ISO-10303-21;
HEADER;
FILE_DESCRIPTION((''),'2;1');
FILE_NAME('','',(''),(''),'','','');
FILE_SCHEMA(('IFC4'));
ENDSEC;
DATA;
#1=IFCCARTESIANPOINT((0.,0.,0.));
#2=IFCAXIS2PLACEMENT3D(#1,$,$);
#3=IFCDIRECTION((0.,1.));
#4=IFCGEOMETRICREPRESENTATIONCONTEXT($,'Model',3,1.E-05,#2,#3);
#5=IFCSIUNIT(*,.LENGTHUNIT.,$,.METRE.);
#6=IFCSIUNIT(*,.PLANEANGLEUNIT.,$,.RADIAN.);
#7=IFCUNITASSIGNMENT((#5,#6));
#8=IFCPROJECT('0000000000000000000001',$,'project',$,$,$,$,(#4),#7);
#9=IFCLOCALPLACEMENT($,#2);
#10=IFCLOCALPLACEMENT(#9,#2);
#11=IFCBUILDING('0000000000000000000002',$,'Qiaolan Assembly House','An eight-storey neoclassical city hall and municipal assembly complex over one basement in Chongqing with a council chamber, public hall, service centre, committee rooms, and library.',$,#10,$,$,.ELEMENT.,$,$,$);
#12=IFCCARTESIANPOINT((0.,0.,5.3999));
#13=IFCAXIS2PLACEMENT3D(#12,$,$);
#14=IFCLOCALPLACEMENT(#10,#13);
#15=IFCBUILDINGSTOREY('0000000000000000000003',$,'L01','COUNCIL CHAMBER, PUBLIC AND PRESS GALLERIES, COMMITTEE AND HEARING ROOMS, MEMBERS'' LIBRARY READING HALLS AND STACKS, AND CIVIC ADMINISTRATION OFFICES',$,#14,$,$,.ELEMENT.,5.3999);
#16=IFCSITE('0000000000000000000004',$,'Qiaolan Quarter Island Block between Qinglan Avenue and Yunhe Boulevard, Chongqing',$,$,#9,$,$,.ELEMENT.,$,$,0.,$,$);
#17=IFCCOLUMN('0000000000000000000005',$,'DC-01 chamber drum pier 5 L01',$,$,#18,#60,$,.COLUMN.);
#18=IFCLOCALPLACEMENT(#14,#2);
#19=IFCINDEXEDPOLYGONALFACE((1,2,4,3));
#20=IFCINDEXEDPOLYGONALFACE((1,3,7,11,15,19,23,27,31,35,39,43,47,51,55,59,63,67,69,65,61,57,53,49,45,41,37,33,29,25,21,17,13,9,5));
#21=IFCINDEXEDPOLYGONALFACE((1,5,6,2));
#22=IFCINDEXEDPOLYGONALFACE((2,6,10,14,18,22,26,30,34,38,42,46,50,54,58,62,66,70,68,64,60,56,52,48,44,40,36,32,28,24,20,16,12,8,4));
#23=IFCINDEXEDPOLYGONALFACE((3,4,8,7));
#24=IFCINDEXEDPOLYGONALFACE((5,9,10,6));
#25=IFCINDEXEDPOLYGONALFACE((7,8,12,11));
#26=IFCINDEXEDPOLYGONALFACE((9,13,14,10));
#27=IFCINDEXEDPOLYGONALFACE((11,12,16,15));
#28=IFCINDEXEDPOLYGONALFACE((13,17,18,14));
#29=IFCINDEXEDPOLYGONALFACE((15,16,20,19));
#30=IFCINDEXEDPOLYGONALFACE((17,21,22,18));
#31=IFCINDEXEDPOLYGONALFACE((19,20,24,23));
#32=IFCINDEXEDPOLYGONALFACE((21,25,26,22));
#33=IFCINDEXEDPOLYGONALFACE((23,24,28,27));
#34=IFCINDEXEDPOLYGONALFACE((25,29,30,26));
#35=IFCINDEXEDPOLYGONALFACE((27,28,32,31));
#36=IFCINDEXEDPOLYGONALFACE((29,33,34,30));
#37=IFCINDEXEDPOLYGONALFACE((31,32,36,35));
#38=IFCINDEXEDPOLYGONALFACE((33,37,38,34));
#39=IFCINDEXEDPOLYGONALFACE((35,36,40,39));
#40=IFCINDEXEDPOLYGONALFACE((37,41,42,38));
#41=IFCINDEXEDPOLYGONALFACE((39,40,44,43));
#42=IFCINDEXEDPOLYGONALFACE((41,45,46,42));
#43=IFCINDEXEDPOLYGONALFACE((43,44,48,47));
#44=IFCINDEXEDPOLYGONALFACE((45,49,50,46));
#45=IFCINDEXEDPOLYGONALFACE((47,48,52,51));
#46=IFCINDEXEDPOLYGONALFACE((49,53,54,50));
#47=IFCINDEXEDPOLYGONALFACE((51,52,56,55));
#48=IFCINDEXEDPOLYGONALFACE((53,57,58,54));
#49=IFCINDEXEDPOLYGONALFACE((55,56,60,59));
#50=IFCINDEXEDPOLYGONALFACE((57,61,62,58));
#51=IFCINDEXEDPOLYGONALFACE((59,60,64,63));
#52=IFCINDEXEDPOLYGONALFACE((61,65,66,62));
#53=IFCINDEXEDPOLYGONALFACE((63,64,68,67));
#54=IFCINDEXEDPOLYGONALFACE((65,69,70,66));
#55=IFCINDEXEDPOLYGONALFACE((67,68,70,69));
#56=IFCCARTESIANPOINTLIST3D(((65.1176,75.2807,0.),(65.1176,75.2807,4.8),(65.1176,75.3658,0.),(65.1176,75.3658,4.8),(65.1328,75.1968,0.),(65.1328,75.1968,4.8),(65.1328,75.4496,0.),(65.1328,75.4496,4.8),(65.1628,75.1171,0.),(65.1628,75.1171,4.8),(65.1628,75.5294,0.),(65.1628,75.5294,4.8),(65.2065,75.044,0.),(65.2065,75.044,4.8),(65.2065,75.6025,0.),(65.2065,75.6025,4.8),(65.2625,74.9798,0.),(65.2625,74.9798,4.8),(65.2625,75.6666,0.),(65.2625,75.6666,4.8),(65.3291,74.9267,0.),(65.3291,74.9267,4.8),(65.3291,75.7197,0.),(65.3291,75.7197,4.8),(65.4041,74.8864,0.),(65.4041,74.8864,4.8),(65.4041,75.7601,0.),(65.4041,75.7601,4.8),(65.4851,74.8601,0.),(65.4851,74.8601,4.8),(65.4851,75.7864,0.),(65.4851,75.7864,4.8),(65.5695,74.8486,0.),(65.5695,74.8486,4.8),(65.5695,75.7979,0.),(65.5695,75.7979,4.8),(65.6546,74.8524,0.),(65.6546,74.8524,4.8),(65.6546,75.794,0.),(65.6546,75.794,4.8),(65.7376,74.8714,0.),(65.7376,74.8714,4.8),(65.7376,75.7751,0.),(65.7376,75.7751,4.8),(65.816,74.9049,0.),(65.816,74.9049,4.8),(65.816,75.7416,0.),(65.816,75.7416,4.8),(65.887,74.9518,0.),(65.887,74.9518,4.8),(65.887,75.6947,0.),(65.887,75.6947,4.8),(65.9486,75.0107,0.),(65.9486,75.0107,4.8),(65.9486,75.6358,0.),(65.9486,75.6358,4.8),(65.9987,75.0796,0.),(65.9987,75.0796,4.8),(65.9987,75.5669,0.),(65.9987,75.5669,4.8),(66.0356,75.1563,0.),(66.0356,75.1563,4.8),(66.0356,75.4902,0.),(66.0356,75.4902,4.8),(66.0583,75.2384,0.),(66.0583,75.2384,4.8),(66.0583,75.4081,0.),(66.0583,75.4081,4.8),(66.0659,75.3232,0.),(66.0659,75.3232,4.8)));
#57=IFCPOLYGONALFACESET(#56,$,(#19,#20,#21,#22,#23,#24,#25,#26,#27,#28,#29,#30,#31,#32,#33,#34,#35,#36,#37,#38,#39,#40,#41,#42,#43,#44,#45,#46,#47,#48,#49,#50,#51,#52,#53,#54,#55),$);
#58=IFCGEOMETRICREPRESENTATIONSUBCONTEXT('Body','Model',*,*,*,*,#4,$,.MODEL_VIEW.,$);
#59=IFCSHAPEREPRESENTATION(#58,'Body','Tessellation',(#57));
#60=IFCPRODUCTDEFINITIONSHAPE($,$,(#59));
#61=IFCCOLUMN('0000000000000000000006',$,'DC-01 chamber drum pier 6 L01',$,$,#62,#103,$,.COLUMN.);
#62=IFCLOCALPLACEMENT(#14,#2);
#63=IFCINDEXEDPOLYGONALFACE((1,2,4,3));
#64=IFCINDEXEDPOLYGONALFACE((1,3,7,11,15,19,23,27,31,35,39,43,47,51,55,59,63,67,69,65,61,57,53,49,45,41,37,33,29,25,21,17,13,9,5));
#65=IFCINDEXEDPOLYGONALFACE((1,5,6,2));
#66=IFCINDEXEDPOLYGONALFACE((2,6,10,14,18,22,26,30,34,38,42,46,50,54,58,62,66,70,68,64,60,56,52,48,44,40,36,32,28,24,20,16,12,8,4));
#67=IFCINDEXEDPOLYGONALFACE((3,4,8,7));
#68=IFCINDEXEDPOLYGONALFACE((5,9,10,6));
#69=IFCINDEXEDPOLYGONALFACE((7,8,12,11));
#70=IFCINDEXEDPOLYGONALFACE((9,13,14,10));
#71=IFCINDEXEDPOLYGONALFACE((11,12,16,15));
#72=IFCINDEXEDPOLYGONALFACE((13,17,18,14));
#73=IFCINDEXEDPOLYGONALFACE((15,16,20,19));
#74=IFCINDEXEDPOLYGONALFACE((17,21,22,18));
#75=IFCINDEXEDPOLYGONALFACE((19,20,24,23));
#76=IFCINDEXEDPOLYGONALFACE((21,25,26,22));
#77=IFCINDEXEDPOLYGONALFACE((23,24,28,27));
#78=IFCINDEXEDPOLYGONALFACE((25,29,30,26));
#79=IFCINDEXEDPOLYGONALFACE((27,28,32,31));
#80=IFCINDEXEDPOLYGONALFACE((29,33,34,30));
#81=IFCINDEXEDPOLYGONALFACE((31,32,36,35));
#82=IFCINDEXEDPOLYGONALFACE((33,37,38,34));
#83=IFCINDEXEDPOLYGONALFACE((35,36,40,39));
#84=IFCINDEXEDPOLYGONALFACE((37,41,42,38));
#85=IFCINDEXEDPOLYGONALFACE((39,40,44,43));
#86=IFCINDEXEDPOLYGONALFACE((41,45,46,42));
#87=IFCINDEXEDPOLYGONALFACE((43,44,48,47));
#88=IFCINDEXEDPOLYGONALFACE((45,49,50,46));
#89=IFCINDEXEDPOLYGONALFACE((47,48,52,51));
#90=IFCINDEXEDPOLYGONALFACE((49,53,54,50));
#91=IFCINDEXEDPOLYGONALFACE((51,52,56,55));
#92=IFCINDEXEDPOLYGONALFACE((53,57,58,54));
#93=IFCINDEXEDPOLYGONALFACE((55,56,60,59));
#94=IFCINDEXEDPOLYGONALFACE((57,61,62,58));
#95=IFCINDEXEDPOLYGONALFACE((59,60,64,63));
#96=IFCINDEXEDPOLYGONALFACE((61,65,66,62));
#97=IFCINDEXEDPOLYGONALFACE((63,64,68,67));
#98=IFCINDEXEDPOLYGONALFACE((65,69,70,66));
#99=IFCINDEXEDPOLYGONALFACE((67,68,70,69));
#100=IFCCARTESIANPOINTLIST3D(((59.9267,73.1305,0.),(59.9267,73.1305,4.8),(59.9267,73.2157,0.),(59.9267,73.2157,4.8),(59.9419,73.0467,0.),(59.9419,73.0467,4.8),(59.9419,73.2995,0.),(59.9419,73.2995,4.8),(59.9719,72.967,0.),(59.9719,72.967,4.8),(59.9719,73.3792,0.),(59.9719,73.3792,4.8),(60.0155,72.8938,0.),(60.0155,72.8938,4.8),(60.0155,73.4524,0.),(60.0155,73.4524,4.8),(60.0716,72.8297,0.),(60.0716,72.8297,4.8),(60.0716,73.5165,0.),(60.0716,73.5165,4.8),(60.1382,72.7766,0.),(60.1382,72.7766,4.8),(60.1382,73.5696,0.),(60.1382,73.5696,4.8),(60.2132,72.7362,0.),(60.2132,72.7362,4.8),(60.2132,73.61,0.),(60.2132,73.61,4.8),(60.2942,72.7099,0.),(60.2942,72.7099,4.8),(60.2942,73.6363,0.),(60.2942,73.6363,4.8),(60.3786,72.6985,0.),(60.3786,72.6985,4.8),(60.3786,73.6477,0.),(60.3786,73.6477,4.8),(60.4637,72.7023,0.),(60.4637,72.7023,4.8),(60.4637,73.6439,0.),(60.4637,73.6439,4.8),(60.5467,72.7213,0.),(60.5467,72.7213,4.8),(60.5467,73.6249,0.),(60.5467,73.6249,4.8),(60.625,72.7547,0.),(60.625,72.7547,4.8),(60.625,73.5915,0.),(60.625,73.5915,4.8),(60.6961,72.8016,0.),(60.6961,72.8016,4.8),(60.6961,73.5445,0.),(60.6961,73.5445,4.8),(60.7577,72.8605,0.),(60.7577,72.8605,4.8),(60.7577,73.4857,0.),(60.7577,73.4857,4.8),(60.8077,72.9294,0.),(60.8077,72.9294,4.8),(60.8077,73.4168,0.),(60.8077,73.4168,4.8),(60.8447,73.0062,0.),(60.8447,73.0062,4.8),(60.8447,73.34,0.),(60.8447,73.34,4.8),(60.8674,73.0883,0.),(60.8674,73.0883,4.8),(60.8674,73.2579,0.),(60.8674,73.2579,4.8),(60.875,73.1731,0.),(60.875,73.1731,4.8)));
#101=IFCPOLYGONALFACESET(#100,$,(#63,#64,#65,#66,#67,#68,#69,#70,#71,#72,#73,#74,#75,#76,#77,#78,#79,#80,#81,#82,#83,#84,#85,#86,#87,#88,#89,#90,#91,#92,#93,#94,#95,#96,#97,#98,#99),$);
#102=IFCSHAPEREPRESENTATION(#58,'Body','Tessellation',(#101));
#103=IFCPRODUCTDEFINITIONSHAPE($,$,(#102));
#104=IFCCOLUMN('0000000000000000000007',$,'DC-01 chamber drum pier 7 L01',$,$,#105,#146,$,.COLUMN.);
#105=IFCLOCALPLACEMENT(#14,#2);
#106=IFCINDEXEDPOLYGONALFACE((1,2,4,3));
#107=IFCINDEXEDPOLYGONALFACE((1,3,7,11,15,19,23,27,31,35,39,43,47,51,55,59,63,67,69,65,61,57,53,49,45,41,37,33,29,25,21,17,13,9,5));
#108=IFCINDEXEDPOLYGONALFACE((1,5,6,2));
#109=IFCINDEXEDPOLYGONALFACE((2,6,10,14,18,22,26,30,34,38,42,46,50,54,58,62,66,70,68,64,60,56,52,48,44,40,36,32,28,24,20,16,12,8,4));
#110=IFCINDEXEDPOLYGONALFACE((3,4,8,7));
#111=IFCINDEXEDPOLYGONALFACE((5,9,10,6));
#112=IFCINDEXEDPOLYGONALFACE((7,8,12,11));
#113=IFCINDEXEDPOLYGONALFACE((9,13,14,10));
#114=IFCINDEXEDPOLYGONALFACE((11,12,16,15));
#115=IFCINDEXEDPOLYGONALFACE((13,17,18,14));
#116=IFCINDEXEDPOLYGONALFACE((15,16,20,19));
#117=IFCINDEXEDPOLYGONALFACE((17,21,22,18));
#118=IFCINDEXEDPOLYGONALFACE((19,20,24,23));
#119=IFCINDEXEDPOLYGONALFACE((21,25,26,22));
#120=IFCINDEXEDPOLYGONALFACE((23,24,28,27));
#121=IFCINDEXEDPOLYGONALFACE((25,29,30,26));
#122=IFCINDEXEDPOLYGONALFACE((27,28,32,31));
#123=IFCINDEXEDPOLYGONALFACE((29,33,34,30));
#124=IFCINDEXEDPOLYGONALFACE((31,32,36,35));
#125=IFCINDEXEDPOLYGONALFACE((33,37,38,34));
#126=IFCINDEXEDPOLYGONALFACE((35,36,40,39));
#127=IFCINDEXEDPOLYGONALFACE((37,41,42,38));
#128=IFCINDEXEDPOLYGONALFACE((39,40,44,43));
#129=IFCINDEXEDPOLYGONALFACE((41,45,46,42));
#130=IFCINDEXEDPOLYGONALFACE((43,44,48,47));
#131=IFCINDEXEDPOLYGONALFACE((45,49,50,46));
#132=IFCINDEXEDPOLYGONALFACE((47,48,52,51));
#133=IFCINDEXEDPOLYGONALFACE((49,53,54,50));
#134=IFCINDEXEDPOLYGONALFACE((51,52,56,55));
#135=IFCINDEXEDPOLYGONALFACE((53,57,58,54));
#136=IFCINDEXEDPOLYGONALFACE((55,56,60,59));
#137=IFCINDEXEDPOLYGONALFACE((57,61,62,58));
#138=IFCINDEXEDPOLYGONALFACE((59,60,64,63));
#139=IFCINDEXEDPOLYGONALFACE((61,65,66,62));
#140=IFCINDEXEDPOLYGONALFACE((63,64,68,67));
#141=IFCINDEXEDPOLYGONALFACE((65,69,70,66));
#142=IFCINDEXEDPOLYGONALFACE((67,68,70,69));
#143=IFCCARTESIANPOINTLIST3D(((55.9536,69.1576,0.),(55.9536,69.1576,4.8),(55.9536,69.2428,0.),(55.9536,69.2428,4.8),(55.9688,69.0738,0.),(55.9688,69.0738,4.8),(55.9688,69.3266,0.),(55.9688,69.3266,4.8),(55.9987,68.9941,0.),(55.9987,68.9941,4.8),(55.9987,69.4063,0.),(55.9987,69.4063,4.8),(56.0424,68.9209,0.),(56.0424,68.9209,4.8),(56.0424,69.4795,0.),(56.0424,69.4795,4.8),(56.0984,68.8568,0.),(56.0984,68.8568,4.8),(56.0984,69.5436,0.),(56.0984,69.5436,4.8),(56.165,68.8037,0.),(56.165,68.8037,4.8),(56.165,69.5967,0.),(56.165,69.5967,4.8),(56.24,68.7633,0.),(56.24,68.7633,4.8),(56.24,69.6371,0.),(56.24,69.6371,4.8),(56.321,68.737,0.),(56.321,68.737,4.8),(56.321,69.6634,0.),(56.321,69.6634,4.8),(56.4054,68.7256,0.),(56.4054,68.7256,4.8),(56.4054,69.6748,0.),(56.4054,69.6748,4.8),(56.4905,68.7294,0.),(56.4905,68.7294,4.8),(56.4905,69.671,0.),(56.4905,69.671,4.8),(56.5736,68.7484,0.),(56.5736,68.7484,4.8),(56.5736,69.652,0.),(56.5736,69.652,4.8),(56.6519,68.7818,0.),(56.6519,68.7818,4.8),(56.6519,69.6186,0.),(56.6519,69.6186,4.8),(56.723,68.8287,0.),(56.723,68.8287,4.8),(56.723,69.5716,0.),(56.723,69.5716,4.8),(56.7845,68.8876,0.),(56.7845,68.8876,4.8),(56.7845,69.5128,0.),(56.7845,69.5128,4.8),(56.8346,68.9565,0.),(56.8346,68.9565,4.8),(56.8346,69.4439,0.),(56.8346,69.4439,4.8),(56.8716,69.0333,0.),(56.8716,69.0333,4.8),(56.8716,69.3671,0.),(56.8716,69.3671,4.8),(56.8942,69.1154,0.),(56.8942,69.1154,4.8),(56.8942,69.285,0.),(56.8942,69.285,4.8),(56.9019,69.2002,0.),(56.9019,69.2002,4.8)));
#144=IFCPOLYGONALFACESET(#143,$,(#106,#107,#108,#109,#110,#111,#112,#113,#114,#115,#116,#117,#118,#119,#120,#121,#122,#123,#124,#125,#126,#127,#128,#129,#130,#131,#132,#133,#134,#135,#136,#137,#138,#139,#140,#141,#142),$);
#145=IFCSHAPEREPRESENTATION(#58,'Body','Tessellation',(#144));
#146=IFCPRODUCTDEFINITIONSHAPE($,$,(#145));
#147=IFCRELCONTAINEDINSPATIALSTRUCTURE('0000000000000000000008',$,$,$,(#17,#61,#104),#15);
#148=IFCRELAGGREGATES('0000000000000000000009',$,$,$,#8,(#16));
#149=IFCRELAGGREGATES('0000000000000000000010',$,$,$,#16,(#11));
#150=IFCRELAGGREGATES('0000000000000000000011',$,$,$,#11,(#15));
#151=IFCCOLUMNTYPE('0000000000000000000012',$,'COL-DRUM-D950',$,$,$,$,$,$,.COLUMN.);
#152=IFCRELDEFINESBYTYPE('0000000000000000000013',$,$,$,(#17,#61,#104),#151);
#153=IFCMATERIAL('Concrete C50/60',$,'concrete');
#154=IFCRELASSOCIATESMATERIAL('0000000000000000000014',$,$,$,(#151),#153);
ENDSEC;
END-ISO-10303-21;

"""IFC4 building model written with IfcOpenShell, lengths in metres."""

from ifc_helpers import new_model, si_unit, direction, frame, origin, origin_2d, place, context, subcontext, project, spatial, circle, extrude, material, material_profile, profile_set, type_object, element, save


model = new_model("IFC4")

# Units and contexts
model_context = context("Model", 3, precision=1e-05, world=origin(), true_north=direction((0.0, 1.0)))
body_context = subcontext(model_context, "Body", "Model", "MODEL_VIEW")
ifc_project = project(units=[si_unit("LENGTHUNIT", "METRE"), si_unit("PLANEANGLEUNIT", "RADIAN")], contexts=[model_context])

# Site, building, storey
site_placement = place(None, origin())
site = spatial("IfcSite", under=ifc_project, at=site_placement, Name="Qiaolan Quarter Island Block between Qinglan Avenue and Yunhe Boulevard, Chongqing", CompositionType="ELEMENT", RefElevation=0.0)
building_placement = place(site_placement, origin())
building = spatial("IfcBuilding", under=site, at=building_placement, Name="Qiaolan Assembly House", Description="An eight-storey neoclassical city hall and municipal assembly complex over one basement in Chongqing with a council chamber, public hall, service centre, committee rooms, and library.", CompositionType="ELEMENT")
storey_placement = place(building_placement, frame((0.0, 0.0, 5.3999)))
storey = spatial("IfcBuildingStorey", under=building, at=storey_placement, Name="L01", Description="COUNCIL CHAMBER, PUBLIC AND PRESS GALLERIES, COMMITTEE AND HEARING ROOMS, MEMBERS' LIBRARY READING HALLS AND STACKS, AND CIVIC ADMINISTRATION OFFICES", CompositionType="ELEMENT", Elevation=5.3999)

# Columns
ifc_material_1 = material(Name="Concrete C50/60", Category="concrete")
ifc_material_profile_1 = material_profile(ifc_material_1, circle(Radius=0.4751, at=origin_2d()), Name="CIRC D950")
ifc_profile_set_1 = profile_set([ifc_material_profile_1], Name="Concrete C50/60")
column_type_1 = type_object("IfcColumnType", Name="COL-DRUM-D950", PredefinedType="COLUMN", material=ifc_profile_set_1)
for number, where, z_axis, x_axis, name in (
    (1, (65.5908, 75.3232, 0.0), (0.0, 0.0, 1.0), (1.0, 0.0, 0.0), "DC-01 chamber drum pier 5 L01"),
    (2, (60.3999, 73.1731, 0.0), (0.0, 0.0, 1.0), (1.0, 0.0, 0.0), "DC-01 chamber drum pier 6 L01"),
    (3, (56.4268, 69.2002, 0.0), (0.0, 0.0, 1.0), (1.0, 0.0, 0.0), "DC-01 chamber drum pier 7 L01"),
):
    element("IfcColumn", number, at=place(storey_placement, frame(where, z_axis=z_axis, x_axis=x_axis)), inside=storey, type_object=column_type_1, Name=name, PredefinedType="COLUMN", context=body_context, shape_type="SweptSolid", body=[
        extrude(circle(Radius=0.4751, at=origin_2d()), origin(), (0.0, 0.0, 1.0), 4.8),
    ])

save(model, "model.ifc")
